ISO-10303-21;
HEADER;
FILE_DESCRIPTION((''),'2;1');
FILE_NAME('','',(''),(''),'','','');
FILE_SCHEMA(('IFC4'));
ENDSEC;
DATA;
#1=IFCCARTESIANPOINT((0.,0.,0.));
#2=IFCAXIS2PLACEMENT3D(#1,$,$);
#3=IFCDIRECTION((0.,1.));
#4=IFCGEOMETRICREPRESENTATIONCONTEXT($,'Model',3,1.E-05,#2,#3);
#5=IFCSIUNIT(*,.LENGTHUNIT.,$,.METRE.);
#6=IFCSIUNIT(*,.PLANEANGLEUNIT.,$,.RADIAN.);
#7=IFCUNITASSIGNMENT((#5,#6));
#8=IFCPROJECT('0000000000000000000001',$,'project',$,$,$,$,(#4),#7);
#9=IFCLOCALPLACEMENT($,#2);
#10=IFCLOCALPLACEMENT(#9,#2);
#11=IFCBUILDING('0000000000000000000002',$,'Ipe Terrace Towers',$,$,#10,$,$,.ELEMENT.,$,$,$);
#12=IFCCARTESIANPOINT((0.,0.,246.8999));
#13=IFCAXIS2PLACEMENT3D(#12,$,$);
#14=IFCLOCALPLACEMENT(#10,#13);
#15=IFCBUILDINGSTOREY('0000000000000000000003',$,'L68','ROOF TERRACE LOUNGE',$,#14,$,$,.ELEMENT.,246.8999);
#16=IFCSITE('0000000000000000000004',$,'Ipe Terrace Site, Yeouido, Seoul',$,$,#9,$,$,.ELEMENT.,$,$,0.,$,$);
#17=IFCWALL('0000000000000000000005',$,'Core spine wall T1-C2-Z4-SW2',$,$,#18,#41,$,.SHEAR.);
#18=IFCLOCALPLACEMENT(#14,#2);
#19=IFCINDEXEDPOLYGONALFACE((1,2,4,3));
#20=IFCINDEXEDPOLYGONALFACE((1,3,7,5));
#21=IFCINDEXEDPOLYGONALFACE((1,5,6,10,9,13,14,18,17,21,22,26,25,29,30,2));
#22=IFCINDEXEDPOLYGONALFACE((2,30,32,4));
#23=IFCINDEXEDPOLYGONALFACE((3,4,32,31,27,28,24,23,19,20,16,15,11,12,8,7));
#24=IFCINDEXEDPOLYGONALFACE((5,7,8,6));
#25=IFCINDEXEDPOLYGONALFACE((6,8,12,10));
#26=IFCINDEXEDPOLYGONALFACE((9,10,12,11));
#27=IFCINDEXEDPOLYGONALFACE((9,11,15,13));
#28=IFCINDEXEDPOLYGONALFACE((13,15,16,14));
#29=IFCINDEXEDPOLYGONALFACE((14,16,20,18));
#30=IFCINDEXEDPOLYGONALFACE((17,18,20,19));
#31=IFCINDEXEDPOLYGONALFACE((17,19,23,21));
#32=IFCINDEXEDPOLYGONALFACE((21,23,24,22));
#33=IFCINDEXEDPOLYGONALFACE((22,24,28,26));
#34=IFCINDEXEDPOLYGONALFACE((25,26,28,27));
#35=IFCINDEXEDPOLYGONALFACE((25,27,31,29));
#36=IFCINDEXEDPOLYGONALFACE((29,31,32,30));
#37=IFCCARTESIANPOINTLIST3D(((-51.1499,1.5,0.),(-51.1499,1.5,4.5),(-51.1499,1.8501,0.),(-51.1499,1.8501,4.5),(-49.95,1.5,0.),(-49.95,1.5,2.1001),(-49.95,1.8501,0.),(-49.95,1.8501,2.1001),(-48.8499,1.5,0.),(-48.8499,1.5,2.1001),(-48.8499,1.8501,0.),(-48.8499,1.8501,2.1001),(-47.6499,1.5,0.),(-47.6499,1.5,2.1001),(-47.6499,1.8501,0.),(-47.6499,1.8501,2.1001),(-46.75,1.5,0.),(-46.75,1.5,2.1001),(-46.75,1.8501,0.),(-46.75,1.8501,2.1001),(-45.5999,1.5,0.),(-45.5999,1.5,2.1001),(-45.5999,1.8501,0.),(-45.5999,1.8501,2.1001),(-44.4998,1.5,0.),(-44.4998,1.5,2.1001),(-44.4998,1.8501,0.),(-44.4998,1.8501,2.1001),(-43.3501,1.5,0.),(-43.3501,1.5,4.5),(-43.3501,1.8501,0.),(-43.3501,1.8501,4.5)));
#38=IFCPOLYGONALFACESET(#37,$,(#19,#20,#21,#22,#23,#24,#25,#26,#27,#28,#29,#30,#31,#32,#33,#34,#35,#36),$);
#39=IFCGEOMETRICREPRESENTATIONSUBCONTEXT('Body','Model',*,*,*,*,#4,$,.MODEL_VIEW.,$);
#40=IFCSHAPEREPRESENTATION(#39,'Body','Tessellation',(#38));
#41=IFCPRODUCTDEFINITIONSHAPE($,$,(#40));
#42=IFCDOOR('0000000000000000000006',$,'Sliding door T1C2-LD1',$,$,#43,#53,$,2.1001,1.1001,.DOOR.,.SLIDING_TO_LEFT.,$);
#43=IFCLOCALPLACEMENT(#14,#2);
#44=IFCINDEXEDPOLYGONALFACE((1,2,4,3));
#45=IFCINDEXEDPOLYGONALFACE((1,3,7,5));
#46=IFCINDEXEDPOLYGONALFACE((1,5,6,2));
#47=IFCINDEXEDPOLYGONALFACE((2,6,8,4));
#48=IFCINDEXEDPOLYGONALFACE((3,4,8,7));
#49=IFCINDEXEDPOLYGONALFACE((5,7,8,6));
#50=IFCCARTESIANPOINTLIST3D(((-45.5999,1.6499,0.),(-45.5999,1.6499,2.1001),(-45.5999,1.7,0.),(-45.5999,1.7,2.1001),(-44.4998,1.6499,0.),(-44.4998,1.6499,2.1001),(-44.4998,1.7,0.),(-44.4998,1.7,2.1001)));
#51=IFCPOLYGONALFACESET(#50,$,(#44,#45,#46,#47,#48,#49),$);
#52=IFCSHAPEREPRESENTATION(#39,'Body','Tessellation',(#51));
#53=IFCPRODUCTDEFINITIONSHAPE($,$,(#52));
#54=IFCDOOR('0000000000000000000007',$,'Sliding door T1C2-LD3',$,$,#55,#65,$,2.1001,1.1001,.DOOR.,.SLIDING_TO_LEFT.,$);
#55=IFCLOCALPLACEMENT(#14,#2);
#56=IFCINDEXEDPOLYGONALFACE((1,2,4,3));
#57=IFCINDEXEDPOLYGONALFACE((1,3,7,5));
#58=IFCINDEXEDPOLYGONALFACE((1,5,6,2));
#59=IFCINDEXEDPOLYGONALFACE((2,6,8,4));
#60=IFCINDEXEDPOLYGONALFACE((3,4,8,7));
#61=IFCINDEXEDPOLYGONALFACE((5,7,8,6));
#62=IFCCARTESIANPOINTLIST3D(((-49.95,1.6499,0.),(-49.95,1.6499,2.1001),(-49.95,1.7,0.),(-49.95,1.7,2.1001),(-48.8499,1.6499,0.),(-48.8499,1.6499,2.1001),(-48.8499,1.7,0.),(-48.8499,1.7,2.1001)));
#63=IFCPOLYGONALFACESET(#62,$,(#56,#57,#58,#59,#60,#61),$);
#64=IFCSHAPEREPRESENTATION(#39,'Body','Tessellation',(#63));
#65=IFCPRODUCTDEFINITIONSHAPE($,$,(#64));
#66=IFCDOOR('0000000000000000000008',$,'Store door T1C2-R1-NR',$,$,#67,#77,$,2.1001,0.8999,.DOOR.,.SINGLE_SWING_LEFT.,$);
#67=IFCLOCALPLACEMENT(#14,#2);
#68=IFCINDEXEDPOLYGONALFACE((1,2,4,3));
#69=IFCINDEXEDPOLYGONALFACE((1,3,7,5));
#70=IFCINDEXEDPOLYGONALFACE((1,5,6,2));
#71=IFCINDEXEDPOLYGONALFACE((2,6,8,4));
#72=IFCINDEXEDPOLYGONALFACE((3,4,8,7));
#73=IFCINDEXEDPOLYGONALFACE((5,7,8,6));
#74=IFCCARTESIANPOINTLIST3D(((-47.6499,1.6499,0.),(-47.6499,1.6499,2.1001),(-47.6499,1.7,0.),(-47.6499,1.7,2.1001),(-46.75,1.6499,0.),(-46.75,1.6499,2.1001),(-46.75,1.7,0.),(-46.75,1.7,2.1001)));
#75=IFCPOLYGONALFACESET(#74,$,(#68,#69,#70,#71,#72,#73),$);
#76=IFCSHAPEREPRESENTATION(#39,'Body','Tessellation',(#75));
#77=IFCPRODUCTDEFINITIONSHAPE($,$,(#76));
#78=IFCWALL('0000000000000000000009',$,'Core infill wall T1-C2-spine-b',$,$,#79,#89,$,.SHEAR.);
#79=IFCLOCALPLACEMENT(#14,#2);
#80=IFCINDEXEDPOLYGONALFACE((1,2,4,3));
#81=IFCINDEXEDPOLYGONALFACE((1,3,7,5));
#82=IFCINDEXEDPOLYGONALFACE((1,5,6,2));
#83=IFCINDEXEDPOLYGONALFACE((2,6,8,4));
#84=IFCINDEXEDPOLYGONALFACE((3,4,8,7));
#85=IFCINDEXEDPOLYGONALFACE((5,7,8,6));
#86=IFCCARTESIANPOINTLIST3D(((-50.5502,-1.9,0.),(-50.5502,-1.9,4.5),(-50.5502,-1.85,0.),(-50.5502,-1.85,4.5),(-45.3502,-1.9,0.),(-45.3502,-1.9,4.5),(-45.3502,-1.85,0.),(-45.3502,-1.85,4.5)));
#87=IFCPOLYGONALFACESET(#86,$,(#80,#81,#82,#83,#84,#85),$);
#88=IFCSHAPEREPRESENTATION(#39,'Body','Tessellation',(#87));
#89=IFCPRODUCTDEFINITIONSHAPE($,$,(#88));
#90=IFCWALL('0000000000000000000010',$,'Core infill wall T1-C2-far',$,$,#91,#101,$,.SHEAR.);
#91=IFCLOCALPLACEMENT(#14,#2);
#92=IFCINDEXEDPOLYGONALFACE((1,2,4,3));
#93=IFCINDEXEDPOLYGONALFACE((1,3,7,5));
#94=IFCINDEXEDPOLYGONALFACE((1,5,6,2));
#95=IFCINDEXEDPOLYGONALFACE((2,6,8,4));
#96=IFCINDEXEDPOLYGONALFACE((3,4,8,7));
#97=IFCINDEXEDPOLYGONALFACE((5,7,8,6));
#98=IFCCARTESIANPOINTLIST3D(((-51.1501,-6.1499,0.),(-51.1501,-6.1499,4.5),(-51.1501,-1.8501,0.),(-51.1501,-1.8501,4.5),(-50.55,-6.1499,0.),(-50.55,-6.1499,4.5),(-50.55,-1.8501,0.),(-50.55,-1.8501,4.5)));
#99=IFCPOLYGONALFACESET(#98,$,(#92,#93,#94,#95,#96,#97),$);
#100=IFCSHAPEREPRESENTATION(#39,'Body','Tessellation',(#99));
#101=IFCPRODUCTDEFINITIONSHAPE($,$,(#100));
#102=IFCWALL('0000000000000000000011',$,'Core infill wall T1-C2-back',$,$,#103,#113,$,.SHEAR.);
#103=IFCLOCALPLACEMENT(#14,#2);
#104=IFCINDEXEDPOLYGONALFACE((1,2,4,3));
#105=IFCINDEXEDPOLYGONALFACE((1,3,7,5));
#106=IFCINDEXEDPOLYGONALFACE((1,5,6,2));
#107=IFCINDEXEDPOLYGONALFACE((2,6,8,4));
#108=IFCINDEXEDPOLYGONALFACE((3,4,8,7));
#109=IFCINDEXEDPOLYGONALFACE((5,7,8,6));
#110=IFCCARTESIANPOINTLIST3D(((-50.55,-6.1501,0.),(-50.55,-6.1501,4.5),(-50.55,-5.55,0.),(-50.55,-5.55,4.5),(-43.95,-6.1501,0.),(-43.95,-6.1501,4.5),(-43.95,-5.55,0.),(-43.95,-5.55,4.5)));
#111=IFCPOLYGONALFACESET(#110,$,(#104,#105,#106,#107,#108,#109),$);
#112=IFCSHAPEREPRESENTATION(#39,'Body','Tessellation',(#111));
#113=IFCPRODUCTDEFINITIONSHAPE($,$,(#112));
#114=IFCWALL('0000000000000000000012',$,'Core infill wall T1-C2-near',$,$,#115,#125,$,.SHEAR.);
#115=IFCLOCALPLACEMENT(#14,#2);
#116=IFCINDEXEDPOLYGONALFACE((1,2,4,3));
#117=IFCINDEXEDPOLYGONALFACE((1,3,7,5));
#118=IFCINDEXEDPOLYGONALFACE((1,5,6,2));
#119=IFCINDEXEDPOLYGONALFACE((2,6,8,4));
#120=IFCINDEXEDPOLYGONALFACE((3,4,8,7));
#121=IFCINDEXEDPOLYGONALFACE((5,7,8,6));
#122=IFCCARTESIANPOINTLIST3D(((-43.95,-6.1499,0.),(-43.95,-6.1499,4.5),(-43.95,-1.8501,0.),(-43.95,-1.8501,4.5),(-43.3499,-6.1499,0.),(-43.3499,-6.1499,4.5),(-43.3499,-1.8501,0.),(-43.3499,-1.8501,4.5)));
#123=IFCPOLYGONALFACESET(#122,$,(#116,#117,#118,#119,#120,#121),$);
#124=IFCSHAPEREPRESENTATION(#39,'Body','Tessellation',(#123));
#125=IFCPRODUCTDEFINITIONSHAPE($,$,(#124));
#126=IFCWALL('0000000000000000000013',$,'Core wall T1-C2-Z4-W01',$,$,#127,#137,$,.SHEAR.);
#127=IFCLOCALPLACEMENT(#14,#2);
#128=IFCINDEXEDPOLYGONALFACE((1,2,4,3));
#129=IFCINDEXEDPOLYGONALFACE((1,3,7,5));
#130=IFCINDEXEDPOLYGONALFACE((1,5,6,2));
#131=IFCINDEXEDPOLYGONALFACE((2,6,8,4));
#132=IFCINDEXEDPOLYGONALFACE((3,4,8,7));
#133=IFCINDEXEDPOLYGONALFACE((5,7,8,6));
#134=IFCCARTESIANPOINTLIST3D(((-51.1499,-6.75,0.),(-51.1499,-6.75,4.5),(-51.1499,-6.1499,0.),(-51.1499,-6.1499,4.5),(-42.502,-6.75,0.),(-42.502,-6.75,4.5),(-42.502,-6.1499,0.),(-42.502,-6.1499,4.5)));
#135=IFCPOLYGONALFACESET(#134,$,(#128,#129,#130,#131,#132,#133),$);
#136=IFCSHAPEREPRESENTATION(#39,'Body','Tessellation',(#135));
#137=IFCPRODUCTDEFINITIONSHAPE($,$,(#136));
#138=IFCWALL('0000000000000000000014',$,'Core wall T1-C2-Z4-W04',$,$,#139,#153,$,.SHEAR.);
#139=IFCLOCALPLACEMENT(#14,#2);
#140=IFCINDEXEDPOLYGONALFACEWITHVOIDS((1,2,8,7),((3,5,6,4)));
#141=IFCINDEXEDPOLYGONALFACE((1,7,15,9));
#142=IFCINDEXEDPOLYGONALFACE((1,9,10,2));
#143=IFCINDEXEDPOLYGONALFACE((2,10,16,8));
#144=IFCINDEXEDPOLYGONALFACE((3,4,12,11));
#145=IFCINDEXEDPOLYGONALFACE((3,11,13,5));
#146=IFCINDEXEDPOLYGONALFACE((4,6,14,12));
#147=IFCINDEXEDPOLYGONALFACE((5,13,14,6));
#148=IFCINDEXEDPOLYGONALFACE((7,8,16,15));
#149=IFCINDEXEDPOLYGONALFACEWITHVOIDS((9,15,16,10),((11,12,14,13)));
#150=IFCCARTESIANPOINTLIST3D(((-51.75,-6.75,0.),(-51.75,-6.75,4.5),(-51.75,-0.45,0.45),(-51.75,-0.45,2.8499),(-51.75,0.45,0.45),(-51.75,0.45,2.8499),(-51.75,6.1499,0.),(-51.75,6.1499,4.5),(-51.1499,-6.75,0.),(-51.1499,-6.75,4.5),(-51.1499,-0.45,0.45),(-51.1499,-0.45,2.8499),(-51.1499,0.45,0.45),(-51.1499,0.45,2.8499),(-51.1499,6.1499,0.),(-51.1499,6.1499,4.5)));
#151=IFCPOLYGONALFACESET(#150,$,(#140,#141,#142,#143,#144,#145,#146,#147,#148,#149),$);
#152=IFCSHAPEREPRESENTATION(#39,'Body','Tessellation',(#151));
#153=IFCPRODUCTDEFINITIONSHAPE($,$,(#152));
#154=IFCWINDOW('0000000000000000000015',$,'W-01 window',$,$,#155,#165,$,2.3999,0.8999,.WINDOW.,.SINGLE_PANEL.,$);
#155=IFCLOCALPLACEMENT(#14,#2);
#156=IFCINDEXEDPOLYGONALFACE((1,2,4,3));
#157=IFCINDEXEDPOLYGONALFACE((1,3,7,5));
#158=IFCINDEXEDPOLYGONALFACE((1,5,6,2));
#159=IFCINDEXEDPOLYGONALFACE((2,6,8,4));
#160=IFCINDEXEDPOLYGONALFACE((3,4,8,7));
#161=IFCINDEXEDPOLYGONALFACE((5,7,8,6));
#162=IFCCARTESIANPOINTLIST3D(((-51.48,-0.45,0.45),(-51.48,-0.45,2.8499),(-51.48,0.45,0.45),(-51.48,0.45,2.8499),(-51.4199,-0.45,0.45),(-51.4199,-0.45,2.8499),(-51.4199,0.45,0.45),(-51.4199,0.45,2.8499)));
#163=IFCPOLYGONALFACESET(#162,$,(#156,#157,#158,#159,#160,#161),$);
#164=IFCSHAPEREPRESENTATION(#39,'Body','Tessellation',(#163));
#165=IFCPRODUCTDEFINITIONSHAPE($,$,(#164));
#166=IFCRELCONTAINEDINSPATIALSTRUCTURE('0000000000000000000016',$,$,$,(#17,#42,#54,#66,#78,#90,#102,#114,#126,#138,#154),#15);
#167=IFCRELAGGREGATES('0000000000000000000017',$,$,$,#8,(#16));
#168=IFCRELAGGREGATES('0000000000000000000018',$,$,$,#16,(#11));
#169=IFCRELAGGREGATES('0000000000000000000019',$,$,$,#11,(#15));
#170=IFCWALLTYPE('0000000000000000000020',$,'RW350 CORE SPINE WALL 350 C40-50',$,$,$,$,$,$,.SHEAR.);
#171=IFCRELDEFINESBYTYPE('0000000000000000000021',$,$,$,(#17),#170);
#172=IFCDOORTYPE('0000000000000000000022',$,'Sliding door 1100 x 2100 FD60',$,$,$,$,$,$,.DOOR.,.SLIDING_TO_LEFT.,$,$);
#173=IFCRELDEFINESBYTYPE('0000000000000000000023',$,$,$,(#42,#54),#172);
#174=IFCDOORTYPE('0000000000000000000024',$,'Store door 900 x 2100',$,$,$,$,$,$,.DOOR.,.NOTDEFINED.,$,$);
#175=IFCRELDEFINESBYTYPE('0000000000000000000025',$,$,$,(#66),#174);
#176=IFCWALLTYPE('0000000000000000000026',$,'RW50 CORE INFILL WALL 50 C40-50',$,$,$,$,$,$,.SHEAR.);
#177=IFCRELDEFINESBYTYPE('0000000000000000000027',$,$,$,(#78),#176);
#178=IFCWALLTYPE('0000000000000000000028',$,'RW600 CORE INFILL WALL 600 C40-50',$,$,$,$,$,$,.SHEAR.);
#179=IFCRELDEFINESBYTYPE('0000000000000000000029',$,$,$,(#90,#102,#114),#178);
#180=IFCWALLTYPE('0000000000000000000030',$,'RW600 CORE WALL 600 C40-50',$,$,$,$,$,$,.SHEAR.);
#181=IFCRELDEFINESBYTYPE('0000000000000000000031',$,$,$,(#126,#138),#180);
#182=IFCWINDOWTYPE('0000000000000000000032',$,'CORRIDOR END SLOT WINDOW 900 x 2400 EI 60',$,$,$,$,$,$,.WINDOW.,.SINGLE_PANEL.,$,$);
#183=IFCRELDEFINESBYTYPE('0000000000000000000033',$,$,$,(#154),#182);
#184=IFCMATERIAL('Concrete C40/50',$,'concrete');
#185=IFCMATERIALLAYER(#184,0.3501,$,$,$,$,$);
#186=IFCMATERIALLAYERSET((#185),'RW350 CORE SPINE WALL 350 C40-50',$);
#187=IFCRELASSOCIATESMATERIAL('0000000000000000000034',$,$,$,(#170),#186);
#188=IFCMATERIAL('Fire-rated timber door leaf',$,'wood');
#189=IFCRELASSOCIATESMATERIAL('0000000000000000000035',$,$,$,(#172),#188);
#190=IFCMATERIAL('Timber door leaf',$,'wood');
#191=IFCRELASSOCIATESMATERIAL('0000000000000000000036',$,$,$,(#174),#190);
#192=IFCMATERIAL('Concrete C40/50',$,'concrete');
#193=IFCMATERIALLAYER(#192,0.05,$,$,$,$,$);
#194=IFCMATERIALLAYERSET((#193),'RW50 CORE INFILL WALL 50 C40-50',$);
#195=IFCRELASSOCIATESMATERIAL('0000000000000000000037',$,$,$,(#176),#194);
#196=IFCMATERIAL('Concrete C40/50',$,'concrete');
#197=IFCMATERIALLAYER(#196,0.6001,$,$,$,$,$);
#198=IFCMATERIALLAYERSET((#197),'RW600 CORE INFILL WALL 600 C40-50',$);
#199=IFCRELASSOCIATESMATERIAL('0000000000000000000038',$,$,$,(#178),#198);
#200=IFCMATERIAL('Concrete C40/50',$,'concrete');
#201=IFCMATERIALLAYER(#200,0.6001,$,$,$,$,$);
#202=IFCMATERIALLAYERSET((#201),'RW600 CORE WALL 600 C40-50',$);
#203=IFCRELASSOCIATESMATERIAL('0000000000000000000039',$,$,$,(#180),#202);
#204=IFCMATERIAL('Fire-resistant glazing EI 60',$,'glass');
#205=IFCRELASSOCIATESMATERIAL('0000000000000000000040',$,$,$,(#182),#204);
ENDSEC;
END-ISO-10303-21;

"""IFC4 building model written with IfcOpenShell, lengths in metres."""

from ifc_helpers import new_model, si_unit, direction, frame, frame_2d, origin, place, context, subcontext, project, spatial, rectangle, extrude, material, layer, layer_set, type_object, element, fill, save


model = new_model("IFC4")

# Units and contexts
model_context = context("Model", 3, precision=1e-05, world=origin(), true_north=direction((0.0, 1.0)))
body_context = subcontext(model_context, "Body", "Model", "MODEL_VIEW")
ifc_project = project(units=[si_unit("LENGTHUNIT", "METRE"), si_unit("PLANEANGLEUNIT", "RADIAN")], contexts=[model_context])

# Site, building, storey
site_placement = place(None, origin())
site = spatial("IfcSite", under=ifc_project, at=site_placement, Name="Ipe Terrace Site, Yeouido, Seoul", CompositionType="ELEMENT", RefElevation=0.0)
building_placement = place(site_placement, origin())
building = spatial("IfcBuilding", under=site, at=building_placement, Name="Ipe Terrace Towers", CompositionType="ELEMENT")
storey_placement = place(building_placement, frame((0.0, 0.0, 246.8999)))
storey = spatial("IfcBuildingStorey", under=building, at=storey_placement, Name="L68", Description="ROOF TERRACE LOUNGE", CompositionType="ELEMENT", Elevation=246.8999)

# Shared definitions
ifc_material_1 = material(Name="Concrete C40/50", Category="concrete")
ifc_layer_1 = layer(ifc_material_1, 0.3501)
ifc_layer_set_1 = layer_set([ifc_layer_1], Name="RW350 CORE SPINE WALL 350 C40-50")
wall_type_1 = type_object("IfcWallType", Name="RW350 CORE SPINE WALL 350 C40-50", PredefinedType="SHEAR", material=ifc_layer_set_1)

# Wall, openings, doors
wall_1_placement = place(storey_placement, frame((-51.1499, 1.675, 0.0), z_axis=(0.0, 0.0, 1.0), x_axis=(1.0, 0.0, 0.0)))
wall_1 = element("IfcWall", 1, at=wall_1_placement, inside=storey, type_object=wall_type_1, Name="Core spine wall T1-C2-Z4-SW2", PredefinedType="SHEAR", context=body_context, shape_type="SweptSolid", body=[
    extrude(rectangle(XDim=7.7998, YDim=0.3501, at=frame_2d((3.8999, 0.0))), origin(), (0.0, 0.0, 1.0), 4.5),
])
opening_1_placement = place(wall_1_placement, frame((5.55, 0.0, 0.0)))
opening_1 = element("IfcOpeningElement", 2, at=opening_1_placement, cuts=wall_1, PredefinedType="OPENING", context=body_context, shape_type="SweptSolid", body=[
    extrude(rectangle(XDim=1.1001, YDim=2.1001, at=frame_2d((0.55, 1.05))), frame((0.0, 0.1851, 0.0), z_axis=(0.0, -1.0, 0.0), x_axis=(1.0, 0.0, 0.0)), (0.0, 0.0, 1.0), 0.3701),
])
opening_2_placement = place(wall_1_placement, frame((1.2, 0.0, 0.0)))
opening_2 = element("IfcOpeningElement", 3, at=opening_2_placement, cuts=wall_1, PredefinedType="OPENING", context=body_context, shape_type="SweptSolid", body=[
    extrude(rectangle(XDim=1.1001, YDim=2.1001, at=frame_2d((0.55, 1.05))), frame((0.0, 0.1851, 0.0), z_axis=(0.0, -1.0, 0.0), x_axis=(1.0, 0.0, 0.0)), (0.0, 0.0, 1.0), 0.3701),
])
opening_3_placement = place(wall_1_placement, frame((3.5, 0.0, 0.0)))
opening_3 = element("IfcOpeningElement", 4, at=opening_3_placement, cuts=wall_1, PredefinedType="OPENING", context=body_context, shape_type="SweptSolid", body=[
    extrude(rectangle(XDim=0.8999, YDim=2.1001, at=frame_2d((0.45, 1.05))), frame((0.0, 0.1851, 0.0), z_axis=(0.0, -1.0, 0.0), x_axis=(1.0, 0.0, 0.0)), (0.0, 0.0, 1.0), 0.3701),
])
ifc_material_2 = material(Name="Fire-rated timber door leaf", Category="wood")
door_type_1 = type_object("IfcDoorType", Name="Sliding door 1100 x 2100 FD60", OperationType="SLIDING_TO_LEFT", PredefinedType="DOOR", material=ifc_material_2)
door_1_placement = place(opening_1_placement, origin())
door_1 = element("IfcDoor", 5, at=door_1_placement, inside=storey, type_object=door_type_1, Name="Sliding door T1C2-LD1", OperationType="SLIDING_TO_LEFT", OverallHeight=2.1001, OverallWidth=1.1001, PredefinedType="DOOR", context=body_context, shape_type="SweptSolid", body=[
    extrude(rectangle(XDim=1.1001, YDim=2.1001, at=frame_2d((0.55, 1.05))), frame((0.0, 0.0249, 0.0), z_axis=(0.0, -1.0, 0.0), x_axis=(1.0, 0.0, 0.0)), (0.0, 0.0, 1.0), 0.05),
])
fill(opening_1, door_1)
door_2_placement = place(opening_2_placement, origin())
door_2 = element("IfcDoor", 6, at=door_2_placement, inside=storey, type_object=door_type_1, Name="Sliding door T1C2-LD3", OperationType="SLIDING_TO_LEFT", OverallHeight=2.1001, OverallWidth=1.1001, PredefinedType="DOOR", context=body_context, shape_type="SweptSolid", body=[
    extrude(rectangle(XDim=1.1001, YDim=2.1001, at=frame_2d((0.55, 1.05))), frame((0.0, 0.0249, 0.0), z_axis=(0.0, -1.0, 0.0), x_axis=(1.0, 0.0, 0.0)), (0.0, 0.0, 1.0), 0.05),
])
fill(opening_2, door_2)
ifc_material_3 = material(Name="Timber door leaf", Category="wood")
door_type_2 = type_object("IfcDoorType", Name="Store door 900 x 2100", OperationType="NOTDEFINED", PredefinedType="DOOR", material=ifc_material_3)
door_3_placement = place(opening_3_placement, origin())
door_3 = element("IfcDoor", 7, at=door_3_placement, inside=storey, type_object=door_type_2, Name="Store door T1C2-R1-NR", OperationType="SINGLE_SWING_LEFT", OverallHeight=2.1001, OverallWidth=0.8999, PredefinedType="DOOR", context=body_context, shape_type="SweptSolid", body=[
    extrude(rectangle(XDim=0.8999, YDim=2.1001, at=frame_2d((0.45, 1.05))), frame((0.0, 0.0249, 0.0), z_axis=(0.0, -1.0, 0.0), x_axis=(1.0, 0.0, 0.0)), (0.0, 0.0, 1.0), 0.05),
])
fill(opening_3, door_3)

# Walls
ifc_material_4 = material(Name="Concrete C40/50", Category="concrete")
ifc_layer_2 = layer(ifc_material_4, 0.05)
ifc_layer_set_2 = layer_set([ifc_layer_2], Name="RW50 CORE INFILL WALL 50 C40-50")
wall_type_2 = type_object("IfcWallType", Name="RW50 CORE INFILL WALL 50 C40-50", PredefinedType="SHEAR", material=ifc_layer_set_2)
wall_2_placement = place(storey_placement, frame((-45.3501, -1.875, 0.0), z_axis=(0.0, 0.0, 1.0), x_axis=(-1.0, 0.0, 0.0)))
element("IfcWall", 8, at=wall_2_placement, inside=storey, type_object=wall_type_2, Name="Core infill wall T1-C2-spine-b", PredefinedType="SHEAR", context=body_context, shape_type="SweptSolid", body=[
    extrude(rectangle(XDim=5.2, YDim=0.05, at=frame_2d((2.6001, 0.0))), origin(), (0.0, 0.0, 1.0), 4.5),
])
ifc_material_5 = material(Name="Concrete C40/50", Category="concrete")
ifc_layer_3 = layer(ifc_material_5, 0.6001)
ifc_layer_set_3 = layer_set([ifc_layer_3], Name="RW600 CORE INFILL WALL 600 C40-50")
wall_type_3 = type_object("IfcWallType", Name="RW600 CORE INFILL WALL 600 C40-50", PredefinedType="SHEAR", material=ifc_layer_set_3)
wall_3_placement = place(storey_placement, frame((-50.8501, -1.8501, 0.0), z_axis=(0.0, 0.0, 1.0), x_axis=(0.0, -1.0, 0.0)))
element("IfcWall", 9, at=wall_3_placement, inside=storey, type_object=wall_type_3, Name="Core infill wall T1-C2-far", PredefinedType="SHEAR", context=body_context, shape_type="SweptSolid", body=[
    extrude(rectangle(XDim=4.2998, YDim=0.6001, at=frame_2d((2.1499, 0.0))), origin(), (0.0, 0.0, 1.0), 4.5),
])
wall_4_placement = place(storey_placement, frame((-43.95, -5.8501, 0.0), z_axis=(0.0, 0.0, 1.0), x_axis=(-1.0, 0.0, 0.0)))
element("IfcWall", 10, at=wall_4_placement, inside=storey, type_object=wall_type_3, Name="Core infill wall T1-C2-back", PredefinedType="SHEAR", context=body_context, shape_type="SweptSolid", body=[
    extrude(rectangle(XDim=6.6001, YDim=0.6001, at=frame_2d((3.3, 0.0))), origin(), (0.0, 0.0, 1.0), 4.5),
])
wall_5_placement = place(storey_placement, frame((-43.6499, -1.8501, 0.0), z_axis=(0.0, 0.0, 1.0), x_axis=(0.0, -1.0, 0.0)))
element("IfcWall", 11, at=wall_5_placement, inside=storey, type_object=wall_type_3, Name="Core infill wall T1-C2-near", PredefinedType="SHEAR", context=body_context, shape_type="SweptSolid", body=[
    extrude(rectangle(XDim=4.2998, YDim=0.6001, at=frame_2d((2.1499, 0.0))), origin(), (0.0, 0.0, 1.0), 4.5),
])
ifc_material_6 = material(Name="Concrete C40/50", Category="concrete")
ifc_layer_4 = layer(ifc_material_6, 0.6001)
ifc_layer_set_4 = layer_set([ifc_layer_4], Name="RW600 CORE WALL 600 C40-50")
wall_type_4 = type_object("IfcWallType", Name="RW600 CORE WALL 600 C40-50", PredefinedType="SHEAR", material=ifc_layer_set_4)
wall_6_placement = place(storey_placement, frame((-51.1499, -6.45, 0.0), z_axis=(0.0, 0.0, 1.0), x_axis=(1.0, 0.0, 0.0)))
element("IfcWall", 12, at=wall_6_placement, inside=storey, type_object=wall_type_4, Name="Core wall T1-C2-Z4-W01", PredefinedType="SHEAR", context=body_context, shape_type="SweptSolid", body=[
    extrude(rectangle(XDim=8.6479, YDim=0.6001, at=frame_2d((4.324, 0.0))), origin(), (0.0, 0.0, 1.0), 4.5),
])

# Wall, opening, window
wall_7_placement = place(storey_placement, frame((-51.45, 6.1499, 0.0), z_axis=(0.0, 0.0, 1.0), x_axis=(0.0, -1.0, 0.0)))
wall_7 = element("IfcWall", 13, at=wall_7_placement, inside=storey, type_object=wall_type_4, Name="Core wall T1-C2-Z4-W04", PredefinedType="SHEAR", context=body_context, shape_type="SweptSolid", body=[
    extrude(rectangle(XDim=12.8999, YDim=0.6001, at=frame_2d((6.45, 0.0))), origin(), (0.0, 0.0, 1.0), 4.5),
])
opening_4_placement = place(wall_7_placement, frame((5.7, 0.0, 0.45)))
opening_4 = element("IfcOpeningElement", 14, at=opening_4_placement, cuts=wall_7, PredefinedType="OPENING", context=body_context, shape_type="SweptSolid", body=[
    extrude(rectangle(XDim=0.8999, YDim=2.3999, at=frame_2d((0.45, 1.2))), frame((0.0, 0.3101, 0.0), z_axis=(0.0, -1.0, 0.0), x_axis=(1.0, 0.0, 0.0)), (0.0, 0.0, 1.0), 0.6201),
])
ifc_material_7 = material(Name="Fire-resistant glazing EI 60", Category="glass")
window_type = type_object("IfcWindowType", Name="CORRIDOR END SLOT WINDOW 900 x 2400 EI 60", PartitioningType="SINGLE_PANEL", PredefinedType="WINDOW", material=ifc_material_7)
window_placement = place(opening_4_placement, origin())
window = element("IfcWindow", 15, at=window_placement, inside=storey, type_object=window_type, Name="W-01 window", OverallHeight=2.3999, OverallWidth=0.8999, PartitioningType="SINGLE_PANEL", PredefinedType="WINDOW", context=body_context, shape_type="SweptSolid", body=[
    extrude(rectangle(XDim=0.8999, YDim=2.3999, at=frame_2d((0.45, 1.2))), frame((0.0, 0.03, 0.0), z_axis=(0.0, -1.0, 0.0), x_axis=(1.0, 0.0, 0.0)), (0.0, 0.0, 1.0), 0.0601),
])
fill(opening_4, window)

save(model, "model.ifc")
